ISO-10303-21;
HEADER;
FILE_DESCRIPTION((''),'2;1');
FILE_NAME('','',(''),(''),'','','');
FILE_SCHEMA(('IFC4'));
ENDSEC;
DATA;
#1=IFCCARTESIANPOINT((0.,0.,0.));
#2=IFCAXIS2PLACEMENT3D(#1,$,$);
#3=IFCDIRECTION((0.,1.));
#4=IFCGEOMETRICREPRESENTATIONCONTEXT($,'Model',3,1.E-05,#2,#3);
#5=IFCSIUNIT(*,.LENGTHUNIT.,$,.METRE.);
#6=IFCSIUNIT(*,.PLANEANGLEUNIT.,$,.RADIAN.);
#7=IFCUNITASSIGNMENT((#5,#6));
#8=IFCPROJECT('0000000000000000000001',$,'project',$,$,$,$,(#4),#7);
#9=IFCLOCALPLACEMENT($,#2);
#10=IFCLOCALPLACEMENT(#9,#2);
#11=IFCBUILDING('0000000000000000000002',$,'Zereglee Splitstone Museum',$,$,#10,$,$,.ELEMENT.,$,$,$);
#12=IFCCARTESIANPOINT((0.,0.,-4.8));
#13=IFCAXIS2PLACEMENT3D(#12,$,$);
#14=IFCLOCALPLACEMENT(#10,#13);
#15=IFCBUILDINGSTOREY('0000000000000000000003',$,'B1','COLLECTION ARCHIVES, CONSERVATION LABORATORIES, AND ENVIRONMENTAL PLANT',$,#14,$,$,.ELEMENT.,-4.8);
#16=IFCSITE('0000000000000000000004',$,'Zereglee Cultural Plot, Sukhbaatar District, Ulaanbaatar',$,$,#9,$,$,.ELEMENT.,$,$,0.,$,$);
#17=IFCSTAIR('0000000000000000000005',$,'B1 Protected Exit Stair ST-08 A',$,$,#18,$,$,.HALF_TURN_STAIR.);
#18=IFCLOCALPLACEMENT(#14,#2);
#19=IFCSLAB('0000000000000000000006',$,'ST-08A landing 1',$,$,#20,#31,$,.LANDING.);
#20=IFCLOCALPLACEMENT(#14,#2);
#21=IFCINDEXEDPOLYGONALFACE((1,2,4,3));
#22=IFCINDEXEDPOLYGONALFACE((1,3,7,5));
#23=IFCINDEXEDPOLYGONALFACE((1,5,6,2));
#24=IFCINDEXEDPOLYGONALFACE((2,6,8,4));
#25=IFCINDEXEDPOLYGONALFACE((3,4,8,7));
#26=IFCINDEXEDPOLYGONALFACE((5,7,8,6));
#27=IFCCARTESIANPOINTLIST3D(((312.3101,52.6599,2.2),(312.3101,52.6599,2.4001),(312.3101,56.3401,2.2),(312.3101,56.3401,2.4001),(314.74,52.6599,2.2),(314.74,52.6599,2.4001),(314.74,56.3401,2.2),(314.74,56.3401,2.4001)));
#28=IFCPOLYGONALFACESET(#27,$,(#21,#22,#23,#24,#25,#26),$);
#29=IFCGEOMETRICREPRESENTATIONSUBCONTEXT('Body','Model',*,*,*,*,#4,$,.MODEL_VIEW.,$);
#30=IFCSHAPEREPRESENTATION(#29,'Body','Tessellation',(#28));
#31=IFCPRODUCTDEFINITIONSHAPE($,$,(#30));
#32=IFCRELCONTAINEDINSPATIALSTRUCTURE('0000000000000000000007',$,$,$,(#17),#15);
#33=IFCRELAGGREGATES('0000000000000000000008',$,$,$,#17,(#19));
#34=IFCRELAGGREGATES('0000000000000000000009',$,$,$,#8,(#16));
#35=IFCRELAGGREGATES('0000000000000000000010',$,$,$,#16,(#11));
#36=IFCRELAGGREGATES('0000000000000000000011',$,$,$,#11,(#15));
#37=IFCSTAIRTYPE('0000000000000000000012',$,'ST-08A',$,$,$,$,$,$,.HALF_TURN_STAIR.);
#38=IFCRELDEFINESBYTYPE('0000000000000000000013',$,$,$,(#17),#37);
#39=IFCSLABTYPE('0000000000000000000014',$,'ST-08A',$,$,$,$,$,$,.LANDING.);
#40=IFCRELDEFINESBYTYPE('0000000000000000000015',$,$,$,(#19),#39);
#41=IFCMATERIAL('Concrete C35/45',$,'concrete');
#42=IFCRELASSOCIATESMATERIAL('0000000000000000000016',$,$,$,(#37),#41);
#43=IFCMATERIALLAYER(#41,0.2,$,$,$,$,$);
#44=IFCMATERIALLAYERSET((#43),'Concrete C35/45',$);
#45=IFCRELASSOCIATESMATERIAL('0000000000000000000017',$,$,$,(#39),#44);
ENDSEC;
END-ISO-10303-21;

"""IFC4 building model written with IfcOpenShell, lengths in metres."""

from ifc_helpers import new_model, si_unit, direction, frame, origin, place, context, subcontext, project, spatial, polyline, outline, extrude, material, layer, layer_set, type_object, element, aggregate, save


model = new_model("IFC4")

# Units and contexts
model_context = context("Model", 3, precision=1e-05, world=origin(), true_north=direction((0.0, 1.0)))
body_context = subcontext(model_context, "Body", "Model", "MODEL_VIEW")
ifc_project = project(units=[si_unit("LENGTHUNIT", "METRE"), si_unit("PLANEANGLEUNIT", "RADIAN")], contexts=[model_context])

# Site, building, storey
site_placement = place(None, origin())
site = spatial("IfcSite", under=ifc_project, at=site_placement, Name="Zereglee Cultural Plot, Sukhbaatar District, Ulaanbaatar", CompositionType="ELEMENT", RefElevation=0.0)
building_placement = place(site_placement, origin())
building = spatial("IfcBuilding", under=site, at=building_placement, Name="Zereglee Splitstone Museum", CompositionType="ELEMENT")
storey_placement = place(building_placement, frame((0.0, 0.0, -4.8)))
storey = spatial("IfcBuildingStorey", under=building, at=storey_placement, Name="B1", Description="COLLECTION ARCHIVES, CONSERVATION LABORATORIES, AND ENVIRONMENTAL PLANT", CompositionType="ELEMENT", Elevation=-4.8)

# Stair, slab
ifc_material_1 = material(Name="Concrete C35/45", Category="concrete")
stair_type_1 = type_object("IfcStairType", Name="ST-08A", PredefinedType="HALF_TURN_STAIR", material=ifc_material_1)
stair_1_placement = place(storey_placement, origin())
stair_1 = element("IfcStair", 1, at=stair_1_placement, inside=storey, type_object=stair_type_1, Name="B1 Protected Exit Stair ST-08 A", PredefinedType="HALF_TURN_STAIR")
ifc_layer_1 = layer(ifc_material_1, 0.2)
ifc_layer_set_1 = layer_set([ifc_layer_1], Name="Concrete C35/45")
slab_type_1 = type_object("IfcSlabType", Name="ST-08A", PredefinedType="LANDING", material=ifc_layer_set_1)
slab_1_placement = place(storey_placement, frame((0.0, 0.0, 2.2)))
slab_1 = element("IfcSlab", 2, at=slab_1_placement, type_object=slab_type_1, Name="ST-08A landing 1", PredefinedType="LANDING", context=body_context, shape_type="SweptSolid", body=[
    extrude(outline(polyline([(312.3101, 52.6599), (314.74, 52.6599), (314.74, 56.3401), (312.3101, 56.3401), (312.3101, 52.6599)])), origin(), (0.0, 0.0, 1.0), 0.2002),
])
aggregate(stair_1, [slab_1])

save(model, "model.ifc")
